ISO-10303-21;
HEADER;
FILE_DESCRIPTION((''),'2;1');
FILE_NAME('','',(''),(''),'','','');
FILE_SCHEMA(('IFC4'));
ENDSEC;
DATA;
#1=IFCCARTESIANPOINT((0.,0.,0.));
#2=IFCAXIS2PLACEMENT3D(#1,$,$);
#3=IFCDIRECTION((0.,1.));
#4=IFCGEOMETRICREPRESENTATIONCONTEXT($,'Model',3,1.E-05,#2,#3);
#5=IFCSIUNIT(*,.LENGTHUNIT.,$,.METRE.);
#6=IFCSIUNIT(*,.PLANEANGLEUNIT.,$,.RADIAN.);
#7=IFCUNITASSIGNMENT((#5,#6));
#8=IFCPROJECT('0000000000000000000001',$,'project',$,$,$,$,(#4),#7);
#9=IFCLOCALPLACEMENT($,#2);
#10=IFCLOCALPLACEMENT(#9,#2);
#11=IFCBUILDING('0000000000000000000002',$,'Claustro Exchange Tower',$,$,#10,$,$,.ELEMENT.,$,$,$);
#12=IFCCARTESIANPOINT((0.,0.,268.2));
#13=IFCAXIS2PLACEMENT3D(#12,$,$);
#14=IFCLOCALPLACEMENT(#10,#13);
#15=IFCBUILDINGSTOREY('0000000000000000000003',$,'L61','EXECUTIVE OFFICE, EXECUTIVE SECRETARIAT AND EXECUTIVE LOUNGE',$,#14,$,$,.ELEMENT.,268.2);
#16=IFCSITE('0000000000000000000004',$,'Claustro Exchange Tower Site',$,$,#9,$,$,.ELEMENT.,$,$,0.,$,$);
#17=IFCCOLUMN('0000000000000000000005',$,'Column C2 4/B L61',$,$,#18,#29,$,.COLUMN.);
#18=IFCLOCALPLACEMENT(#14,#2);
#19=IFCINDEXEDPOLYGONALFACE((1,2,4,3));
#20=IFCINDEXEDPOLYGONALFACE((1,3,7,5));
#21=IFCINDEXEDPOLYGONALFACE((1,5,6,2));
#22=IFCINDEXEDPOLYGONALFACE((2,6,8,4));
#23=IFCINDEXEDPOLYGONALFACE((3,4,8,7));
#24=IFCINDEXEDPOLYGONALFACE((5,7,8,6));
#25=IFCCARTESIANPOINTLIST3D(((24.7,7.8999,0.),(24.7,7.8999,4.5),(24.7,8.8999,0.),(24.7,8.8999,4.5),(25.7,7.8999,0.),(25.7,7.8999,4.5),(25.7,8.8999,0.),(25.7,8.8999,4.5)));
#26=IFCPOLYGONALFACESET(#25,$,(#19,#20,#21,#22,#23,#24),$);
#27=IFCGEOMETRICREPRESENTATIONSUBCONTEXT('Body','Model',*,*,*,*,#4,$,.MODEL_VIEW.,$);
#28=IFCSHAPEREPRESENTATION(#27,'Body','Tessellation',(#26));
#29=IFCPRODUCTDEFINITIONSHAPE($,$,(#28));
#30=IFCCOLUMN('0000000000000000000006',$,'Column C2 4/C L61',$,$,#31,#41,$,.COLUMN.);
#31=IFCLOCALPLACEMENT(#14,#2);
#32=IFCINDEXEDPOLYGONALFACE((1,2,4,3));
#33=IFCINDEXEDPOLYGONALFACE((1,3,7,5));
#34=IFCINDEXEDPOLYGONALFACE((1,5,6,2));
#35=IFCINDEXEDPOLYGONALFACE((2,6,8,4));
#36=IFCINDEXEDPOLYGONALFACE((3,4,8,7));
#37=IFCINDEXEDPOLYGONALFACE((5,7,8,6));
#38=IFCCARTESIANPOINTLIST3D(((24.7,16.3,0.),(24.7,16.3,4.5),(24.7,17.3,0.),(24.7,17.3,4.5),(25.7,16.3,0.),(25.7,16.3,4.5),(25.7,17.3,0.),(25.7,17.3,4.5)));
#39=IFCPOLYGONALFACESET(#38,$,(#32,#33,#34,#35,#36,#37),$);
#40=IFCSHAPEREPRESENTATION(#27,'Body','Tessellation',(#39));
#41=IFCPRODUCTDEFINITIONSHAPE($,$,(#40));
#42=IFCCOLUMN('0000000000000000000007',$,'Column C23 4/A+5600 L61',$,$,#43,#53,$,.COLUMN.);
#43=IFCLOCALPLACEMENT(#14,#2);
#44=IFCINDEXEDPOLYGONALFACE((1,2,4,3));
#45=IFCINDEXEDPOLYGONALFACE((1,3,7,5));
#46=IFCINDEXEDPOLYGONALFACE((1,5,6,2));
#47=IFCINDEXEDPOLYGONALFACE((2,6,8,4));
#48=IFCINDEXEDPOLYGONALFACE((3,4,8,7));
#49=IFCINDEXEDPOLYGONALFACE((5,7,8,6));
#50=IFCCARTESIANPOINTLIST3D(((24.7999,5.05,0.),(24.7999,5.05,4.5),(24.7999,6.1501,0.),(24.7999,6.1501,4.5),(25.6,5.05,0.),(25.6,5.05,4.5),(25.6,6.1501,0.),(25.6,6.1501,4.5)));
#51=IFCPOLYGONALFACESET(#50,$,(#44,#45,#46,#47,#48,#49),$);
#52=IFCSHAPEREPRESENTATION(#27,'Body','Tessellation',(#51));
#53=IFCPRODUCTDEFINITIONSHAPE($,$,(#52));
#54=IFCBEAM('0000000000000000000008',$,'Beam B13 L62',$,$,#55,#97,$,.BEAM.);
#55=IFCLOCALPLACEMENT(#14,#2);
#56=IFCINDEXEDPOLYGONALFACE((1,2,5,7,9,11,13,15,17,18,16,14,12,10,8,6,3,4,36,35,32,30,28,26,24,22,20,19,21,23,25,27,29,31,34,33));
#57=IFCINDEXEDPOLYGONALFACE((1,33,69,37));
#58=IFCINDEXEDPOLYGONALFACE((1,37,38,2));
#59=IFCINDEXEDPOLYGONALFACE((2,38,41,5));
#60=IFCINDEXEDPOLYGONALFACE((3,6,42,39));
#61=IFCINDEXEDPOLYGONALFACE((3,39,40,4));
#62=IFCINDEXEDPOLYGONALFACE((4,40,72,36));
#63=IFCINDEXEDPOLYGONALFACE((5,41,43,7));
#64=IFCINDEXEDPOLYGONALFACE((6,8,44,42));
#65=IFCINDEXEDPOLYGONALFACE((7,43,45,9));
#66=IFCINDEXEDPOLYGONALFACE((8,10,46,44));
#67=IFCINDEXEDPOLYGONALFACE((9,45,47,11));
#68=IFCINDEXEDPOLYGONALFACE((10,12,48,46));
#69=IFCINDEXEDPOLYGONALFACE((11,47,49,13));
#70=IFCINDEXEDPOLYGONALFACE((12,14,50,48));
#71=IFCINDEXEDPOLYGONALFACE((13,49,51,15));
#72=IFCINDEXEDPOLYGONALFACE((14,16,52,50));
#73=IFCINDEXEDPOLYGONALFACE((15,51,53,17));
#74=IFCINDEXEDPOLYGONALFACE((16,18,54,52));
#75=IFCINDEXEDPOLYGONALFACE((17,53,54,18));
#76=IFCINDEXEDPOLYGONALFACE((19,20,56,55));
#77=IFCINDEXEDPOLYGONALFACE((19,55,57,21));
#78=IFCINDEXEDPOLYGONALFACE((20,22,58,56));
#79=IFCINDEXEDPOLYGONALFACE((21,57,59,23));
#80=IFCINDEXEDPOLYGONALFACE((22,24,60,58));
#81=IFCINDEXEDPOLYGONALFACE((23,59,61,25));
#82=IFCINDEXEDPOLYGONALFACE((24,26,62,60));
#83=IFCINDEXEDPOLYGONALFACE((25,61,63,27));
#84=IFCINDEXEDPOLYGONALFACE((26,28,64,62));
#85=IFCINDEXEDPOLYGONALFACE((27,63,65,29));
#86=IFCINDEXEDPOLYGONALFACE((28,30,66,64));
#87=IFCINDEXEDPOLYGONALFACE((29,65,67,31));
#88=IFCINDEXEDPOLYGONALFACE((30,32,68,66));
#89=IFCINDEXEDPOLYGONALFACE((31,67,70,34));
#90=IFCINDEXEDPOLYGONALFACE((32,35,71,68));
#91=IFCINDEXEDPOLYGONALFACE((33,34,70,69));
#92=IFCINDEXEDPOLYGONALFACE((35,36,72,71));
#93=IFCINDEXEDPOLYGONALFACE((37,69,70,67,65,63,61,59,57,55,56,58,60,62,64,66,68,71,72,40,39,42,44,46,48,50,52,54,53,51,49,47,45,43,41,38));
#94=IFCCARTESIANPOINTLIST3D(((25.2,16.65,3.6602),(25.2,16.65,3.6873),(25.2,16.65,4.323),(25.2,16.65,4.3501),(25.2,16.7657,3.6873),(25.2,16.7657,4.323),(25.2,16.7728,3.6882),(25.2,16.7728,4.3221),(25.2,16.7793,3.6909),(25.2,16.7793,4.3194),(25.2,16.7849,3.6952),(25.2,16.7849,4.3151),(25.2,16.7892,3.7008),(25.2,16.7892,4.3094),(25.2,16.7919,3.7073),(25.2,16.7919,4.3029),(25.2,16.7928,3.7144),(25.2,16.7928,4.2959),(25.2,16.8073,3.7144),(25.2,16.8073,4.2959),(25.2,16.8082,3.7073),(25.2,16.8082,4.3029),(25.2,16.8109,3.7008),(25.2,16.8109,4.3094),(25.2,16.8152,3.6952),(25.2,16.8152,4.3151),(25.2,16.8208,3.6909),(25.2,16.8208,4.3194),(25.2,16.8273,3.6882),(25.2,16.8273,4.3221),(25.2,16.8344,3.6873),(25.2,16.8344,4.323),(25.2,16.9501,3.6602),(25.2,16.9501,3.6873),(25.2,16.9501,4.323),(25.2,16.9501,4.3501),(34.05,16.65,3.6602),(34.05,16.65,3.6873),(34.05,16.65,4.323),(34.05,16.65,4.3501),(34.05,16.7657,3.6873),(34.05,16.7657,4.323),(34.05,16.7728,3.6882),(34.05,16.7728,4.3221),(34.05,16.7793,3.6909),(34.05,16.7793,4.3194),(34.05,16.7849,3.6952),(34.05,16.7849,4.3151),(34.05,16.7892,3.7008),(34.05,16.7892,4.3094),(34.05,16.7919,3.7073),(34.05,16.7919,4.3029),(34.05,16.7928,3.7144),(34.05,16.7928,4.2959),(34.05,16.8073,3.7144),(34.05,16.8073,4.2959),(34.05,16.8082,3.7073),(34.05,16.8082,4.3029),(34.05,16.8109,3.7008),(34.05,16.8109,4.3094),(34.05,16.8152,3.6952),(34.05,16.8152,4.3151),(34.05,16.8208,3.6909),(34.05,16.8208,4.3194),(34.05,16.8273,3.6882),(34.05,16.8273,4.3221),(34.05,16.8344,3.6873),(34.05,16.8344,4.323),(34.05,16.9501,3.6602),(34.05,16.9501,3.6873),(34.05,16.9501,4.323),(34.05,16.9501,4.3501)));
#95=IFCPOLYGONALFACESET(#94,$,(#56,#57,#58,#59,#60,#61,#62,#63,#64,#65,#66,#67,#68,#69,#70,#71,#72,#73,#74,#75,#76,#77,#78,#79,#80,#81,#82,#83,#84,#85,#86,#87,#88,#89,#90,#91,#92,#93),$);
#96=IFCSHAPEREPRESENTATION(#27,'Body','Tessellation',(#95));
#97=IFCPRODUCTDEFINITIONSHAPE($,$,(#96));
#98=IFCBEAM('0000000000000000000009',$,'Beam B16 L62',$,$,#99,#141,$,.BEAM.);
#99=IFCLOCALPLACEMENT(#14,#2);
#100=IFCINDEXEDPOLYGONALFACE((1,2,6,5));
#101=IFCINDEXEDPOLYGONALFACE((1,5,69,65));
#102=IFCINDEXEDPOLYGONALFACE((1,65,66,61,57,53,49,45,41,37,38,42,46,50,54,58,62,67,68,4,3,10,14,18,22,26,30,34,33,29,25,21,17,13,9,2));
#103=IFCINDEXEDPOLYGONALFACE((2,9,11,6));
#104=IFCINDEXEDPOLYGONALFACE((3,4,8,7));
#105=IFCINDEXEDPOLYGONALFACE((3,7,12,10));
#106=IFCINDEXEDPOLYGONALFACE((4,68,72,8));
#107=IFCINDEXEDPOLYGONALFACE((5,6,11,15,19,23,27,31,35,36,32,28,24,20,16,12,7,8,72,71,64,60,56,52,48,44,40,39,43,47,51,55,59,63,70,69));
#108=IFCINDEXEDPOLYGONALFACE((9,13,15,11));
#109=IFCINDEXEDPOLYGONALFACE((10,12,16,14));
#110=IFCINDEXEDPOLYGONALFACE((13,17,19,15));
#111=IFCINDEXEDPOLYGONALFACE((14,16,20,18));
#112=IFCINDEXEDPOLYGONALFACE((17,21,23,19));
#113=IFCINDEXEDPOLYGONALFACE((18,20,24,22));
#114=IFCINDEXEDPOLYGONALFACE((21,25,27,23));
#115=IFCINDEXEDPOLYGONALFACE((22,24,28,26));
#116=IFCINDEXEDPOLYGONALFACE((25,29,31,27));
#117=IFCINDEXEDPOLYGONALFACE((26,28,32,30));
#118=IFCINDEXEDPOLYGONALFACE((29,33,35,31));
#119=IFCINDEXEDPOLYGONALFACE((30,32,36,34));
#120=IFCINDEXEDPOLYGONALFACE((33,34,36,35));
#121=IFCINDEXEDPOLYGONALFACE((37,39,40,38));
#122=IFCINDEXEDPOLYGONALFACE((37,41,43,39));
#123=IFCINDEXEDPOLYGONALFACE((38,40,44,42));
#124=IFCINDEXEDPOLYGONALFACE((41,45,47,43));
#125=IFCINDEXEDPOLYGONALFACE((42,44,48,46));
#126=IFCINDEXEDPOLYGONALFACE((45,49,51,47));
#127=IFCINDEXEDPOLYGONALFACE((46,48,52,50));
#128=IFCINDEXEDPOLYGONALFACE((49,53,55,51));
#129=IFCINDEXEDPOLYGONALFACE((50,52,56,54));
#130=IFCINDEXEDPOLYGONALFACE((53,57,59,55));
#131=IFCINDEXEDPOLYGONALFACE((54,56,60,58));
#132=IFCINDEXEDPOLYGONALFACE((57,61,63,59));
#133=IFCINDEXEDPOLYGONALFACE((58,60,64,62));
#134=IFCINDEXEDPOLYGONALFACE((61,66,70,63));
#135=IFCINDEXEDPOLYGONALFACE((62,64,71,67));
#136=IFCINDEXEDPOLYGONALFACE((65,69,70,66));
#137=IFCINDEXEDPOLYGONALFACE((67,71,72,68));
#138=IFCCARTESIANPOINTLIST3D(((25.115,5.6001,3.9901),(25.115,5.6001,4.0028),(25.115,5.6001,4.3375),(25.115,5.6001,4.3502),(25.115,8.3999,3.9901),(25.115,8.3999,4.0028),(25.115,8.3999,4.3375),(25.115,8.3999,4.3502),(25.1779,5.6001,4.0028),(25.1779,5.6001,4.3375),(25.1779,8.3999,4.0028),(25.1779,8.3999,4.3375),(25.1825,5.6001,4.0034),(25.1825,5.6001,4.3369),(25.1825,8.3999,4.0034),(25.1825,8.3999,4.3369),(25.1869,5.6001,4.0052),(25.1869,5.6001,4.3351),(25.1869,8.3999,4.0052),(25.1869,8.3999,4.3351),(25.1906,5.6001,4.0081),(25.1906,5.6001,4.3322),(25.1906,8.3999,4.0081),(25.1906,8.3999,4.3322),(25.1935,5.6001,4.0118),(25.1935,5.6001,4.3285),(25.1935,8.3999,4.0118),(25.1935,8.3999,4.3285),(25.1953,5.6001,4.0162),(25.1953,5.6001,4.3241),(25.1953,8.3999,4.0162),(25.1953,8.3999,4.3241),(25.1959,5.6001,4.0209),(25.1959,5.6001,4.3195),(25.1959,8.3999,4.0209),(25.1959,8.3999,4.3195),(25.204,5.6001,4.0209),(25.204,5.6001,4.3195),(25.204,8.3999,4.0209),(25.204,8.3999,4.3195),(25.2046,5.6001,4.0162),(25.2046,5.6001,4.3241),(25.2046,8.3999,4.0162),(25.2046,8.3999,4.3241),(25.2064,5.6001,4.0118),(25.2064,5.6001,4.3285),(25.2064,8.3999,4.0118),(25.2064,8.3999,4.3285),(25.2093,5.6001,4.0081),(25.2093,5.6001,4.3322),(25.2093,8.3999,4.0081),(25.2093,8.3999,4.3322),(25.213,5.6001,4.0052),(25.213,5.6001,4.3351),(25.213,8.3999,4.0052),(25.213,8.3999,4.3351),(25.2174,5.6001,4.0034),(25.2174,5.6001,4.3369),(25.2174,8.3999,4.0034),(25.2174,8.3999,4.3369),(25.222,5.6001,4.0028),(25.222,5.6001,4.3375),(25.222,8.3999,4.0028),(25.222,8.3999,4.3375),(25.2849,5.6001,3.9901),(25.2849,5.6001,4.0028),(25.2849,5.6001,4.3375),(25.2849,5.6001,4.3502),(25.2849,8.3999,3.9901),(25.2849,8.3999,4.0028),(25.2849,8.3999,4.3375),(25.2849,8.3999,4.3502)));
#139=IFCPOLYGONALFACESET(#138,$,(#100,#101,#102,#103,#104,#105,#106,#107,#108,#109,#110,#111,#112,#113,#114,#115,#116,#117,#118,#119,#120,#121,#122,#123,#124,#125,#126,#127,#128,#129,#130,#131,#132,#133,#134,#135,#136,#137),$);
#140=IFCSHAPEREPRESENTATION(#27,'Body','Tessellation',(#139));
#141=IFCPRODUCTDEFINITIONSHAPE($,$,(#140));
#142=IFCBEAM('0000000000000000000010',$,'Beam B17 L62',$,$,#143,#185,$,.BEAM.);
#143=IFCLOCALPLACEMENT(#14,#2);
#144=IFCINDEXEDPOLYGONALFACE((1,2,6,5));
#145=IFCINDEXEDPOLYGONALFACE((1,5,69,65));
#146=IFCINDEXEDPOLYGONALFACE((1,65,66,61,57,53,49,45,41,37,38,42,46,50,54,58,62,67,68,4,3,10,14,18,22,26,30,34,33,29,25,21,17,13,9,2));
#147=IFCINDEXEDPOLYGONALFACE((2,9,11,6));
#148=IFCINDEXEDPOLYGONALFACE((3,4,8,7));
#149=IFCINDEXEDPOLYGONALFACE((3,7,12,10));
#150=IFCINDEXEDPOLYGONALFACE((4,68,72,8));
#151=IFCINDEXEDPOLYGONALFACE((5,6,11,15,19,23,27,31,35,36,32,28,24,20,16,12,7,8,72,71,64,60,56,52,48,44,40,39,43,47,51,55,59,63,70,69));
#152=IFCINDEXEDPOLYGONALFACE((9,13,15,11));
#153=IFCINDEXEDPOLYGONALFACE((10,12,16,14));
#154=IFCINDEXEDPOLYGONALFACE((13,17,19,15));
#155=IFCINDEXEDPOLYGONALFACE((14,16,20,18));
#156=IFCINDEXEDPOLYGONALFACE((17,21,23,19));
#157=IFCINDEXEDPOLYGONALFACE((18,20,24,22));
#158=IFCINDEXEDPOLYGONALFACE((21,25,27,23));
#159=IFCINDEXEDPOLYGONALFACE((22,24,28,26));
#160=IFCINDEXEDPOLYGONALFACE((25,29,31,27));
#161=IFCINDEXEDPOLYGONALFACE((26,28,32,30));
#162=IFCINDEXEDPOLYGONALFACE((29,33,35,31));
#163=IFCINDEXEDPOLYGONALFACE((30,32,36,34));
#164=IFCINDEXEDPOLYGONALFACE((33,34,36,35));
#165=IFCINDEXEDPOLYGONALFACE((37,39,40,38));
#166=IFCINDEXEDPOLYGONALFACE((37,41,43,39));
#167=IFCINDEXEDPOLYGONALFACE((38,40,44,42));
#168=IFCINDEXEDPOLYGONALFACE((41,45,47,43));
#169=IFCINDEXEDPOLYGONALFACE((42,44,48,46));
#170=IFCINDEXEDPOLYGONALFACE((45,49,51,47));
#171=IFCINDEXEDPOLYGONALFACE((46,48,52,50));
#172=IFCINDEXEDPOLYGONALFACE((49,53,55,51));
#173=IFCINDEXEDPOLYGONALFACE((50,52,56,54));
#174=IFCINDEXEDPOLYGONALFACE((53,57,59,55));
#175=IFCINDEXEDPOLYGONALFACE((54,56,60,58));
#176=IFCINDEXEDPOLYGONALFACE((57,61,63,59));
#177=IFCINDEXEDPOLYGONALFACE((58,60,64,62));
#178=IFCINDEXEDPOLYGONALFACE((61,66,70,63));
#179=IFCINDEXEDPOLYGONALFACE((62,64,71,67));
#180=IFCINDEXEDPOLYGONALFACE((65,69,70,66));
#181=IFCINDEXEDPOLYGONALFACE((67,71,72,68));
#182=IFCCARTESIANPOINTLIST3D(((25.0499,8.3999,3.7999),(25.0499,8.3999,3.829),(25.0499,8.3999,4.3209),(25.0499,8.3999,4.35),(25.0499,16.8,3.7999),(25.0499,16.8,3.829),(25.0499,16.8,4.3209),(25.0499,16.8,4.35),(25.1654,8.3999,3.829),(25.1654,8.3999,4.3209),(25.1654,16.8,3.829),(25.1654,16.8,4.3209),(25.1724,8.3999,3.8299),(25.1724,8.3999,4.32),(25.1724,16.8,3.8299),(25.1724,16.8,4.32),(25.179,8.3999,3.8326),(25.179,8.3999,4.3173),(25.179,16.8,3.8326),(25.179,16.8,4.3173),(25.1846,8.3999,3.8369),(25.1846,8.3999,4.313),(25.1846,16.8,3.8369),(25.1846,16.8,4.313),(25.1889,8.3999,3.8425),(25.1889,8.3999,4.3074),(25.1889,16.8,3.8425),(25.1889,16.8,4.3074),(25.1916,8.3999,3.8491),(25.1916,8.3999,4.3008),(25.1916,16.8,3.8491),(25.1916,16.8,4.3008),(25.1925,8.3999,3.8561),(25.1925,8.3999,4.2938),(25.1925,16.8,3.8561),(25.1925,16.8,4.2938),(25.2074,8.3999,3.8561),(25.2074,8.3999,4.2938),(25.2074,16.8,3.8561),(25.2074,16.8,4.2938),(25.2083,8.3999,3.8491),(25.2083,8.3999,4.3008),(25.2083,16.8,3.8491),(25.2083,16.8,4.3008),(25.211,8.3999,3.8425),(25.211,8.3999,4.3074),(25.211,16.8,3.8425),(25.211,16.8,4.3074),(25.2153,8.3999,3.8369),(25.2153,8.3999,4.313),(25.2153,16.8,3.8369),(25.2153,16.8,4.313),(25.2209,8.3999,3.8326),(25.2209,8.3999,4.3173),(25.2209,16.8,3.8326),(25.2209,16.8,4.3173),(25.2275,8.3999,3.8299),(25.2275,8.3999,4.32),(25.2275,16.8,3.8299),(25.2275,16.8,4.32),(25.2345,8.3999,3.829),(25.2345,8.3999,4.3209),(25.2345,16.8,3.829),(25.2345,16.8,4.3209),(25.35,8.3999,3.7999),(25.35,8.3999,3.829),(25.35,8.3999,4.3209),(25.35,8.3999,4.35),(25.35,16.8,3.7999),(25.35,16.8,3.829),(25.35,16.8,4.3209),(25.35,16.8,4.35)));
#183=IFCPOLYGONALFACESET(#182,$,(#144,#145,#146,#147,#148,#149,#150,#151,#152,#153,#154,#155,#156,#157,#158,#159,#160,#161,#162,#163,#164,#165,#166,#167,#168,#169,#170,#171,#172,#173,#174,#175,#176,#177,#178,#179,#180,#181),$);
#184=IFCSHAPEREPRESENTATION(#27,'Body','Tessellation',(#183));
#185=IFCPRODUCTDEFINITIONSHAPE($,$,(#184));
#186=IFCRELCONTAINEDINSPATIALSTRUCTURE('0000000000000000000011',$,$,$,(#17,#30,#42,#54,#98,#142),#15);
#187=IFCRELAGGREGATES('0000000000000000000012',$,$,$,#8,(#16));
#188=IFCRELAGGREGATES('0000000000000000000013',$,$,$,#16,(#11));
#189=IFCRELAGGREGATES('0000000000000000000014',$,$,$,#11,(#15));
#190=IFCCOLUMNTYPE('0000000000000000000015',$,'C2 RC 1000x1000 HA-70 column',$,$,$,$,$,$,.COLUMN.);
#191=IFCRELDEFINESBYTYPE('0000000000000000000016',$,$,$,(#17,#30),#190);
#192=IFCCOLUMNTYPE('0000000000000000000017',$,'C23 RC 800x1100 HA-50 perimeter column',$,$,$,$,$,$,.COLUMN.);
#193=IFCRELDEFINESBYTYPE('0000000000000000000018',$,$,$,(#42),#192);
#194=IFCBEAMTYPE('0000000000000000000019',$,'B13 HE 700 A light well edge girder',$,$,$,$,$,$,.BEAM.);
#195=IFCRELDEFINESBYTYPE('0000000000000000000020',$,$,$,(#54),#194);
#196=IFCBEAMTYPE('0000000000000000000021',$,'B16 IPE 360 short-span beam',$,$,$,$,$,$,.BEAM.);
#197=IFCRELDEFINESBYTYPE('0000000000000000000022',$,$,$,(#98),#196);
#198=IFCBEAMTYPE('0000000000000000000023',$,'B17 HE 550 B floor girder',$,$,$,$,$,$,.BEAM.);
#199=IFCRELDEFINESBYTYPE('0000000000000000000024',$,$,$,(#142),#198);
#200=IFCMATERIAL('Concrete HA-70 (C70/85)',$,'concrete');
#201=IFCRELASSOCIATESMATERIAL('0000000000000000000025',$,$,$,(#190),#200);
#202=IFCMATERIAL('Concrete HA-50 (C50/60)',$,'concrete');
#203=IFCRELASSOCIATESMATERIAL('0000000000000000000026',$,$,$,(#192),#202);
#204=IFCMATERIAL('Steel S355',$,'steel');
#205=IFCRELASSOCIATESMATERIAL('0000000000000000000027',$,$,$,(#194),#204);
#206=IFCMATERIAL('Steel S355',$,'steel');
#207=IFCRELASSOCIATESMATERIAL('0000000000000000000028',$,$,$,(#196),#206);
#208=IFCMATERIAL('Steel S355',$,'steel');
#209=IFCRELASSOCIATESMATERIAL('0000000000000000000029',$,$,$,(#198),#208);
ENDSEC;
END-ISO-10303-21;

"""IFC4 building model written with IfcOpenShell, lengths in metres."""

from ifc_helpers import new_model, si_unit, direction, frame, origin, origin_2d, place, context, subcontext, project, spatial, rectangle, i_section, extrude, material, material_profile, profile_set, type_object, element, save


model = new_model("IFC4")

# Units and contexts
model_context = context("Model", 3, precision=1e-05, world=origin(), true_north=direction((0.0, 1.0)))
body_context = subcontext(model_context, "Body", "Model", "MODEL_VIEW")
ifc_project = project(units=[si_unit("LENGTHUNIT", "METRE"), si_unit("PLANEANGLEUNIT", "RADIAN")], contexts=[model_context])

# Site, building, storey
site_placement = place(None, origin())
site = spatial("IfcSite", under=ifc_project, at=site_placement, Name="Claustro Exchange Tower Site", CompositionType="ELEMENT", RefElevation=0.0)
building_placement = place(site_placement, origin())
building = spatial("IfcBuilding", under=site, at=building_placement, Name="Claustro Exchange Tower", CompositionType="ELEMENT")
storey_placement = place(building_placement, frame((0.0, 0.0, 268.2)))
storey = spatial("IfcBuildingStorey", under=building, at=storey_placement, Name="L61", Description="EXECUTIVE OFFICE, EXECUTIVE SECRETARIAT AND EXECUTIVE LOUNGE", CompositionType="ELEMENT", Elevation=268.2)

# Columns
ifc_material_1 = material(Name="Concrete HA-70 (C70/85)", Category="concrete")
ifc_material_profile_1 = material_profile(ifc_material_1, rectangle(XDim=1.0, YDim=1.0, at=origin_2d()), Name="RC 1000x1000")
ifc_profile_set_1 = profile_set([ifc_material_profile_1], Name="Concrete HA-70 (C70/85)")
column_type_1 = type_object("IfcColumnType", Name="C2 RC 1000x1000 HA-70 column", PredefinedType="COLUMN", material=ifc_profile_set_1)
for number, where, z_axis, x_axis, name in (
    (1, (25.2, 8.3999, 0.0), (0.0, 0.0, 1.0), (1.0, 0.0, 0.0), "Column C2 4/B L61"),
    (2, (25.2, 16.8, 0.0), (0.0, 0.0, 1.0), (1.0, 0.0, 0.0), "Column C2 4/C L61"),
):
    element("IfcColumn", number, at=place(storey_placement, frame(where, z_axis=z_axis, x_axis=x_axis)), inside=storey, type_object=column_type_1, Name=name, PredefinedType="COLUMN", context=body_context, shape_type="SweptSolid", body=[
        extrude(rectangle(XDim=1.0, YDim=1.0, at=origin_2d()), origin(), (0.0, 0.0, 1.0), 4.5),
    ])
ifc_material_2 = material(Name="Concrete HA-50 (C50/60)", Category="concrete")
ifc_material_profile_2 = material_profile(ifc_material_2, rectangle(XDim=0.8, YDim=1.1001, at=origin_2d()), Name="RC 800x1100")
ifc_profile_set_2 = profile_set([ifc_material_profile_2], Name="Concrete HA-50 (C50/60)")
column_type_2 = type_object("IfcColumnType", Name="C23 RC 800x1100 HA-50 perimeter column", PredefinedType="COLUMN", material=ifc_profile_set_2)
column_placement = place(storey_placement, frame((25.2, 5.6001, 0.0), z_axis=(0.0, 0.0, 1.0), x_axis=(1.0, 0.0, 0.0)))
element("IfcColumn", 3, at=column_placement, inside=storey, type_object=column_type_2, Name="Column C23 4/A+5600 L61", PredefinedType="COLUMN", context=body_context, shape_type="SweptSolid", body=[
    extrude(rectangle(XDim=0.8, YDim=1.1001, at=origin_2d()), origin(), (0.0, 0.0, 1.0), 4.5),
])

# Beams
ifc_material_3 = material(Name="Steel S355", Category="steel")
ifc_material_profile_3 = material_profile(ifc_material_3, i_section(OverallWidth=0.3, OverallDepth=0.6899, WebThickness=0.0144, FlangeThickness=0.0271, FilletRadius=0.0271, at=origin_2d()), Name="HE 700 A")
ifc_profile_set_3 = profile_set([ifc_material_profile_3], Name="Steel S355")
beam_type_1 = type_object("IfcBeamType", Name="B13 HE 700 A light well edge girder", PredefinedType="BEAM", material=ifc_profile_set_3)
beam_1_placement = place(storey_placement, frame((25.2, 16.8, 4.0051), z_axis=(1.0, 0.0, 0.0), x_axis=(0.0, 1.0, 0.0)))
element("IfcBeam", 4, at=beam_1_placement, inside=storey, type_object=beam_type_1, Name="Beam B13 L62", PredefinedType="BEAM", context=body_context, shape_type="SweptSolid", body=[
    extrude(i_section(OverallWidth=0.3, OverallDepth=0.6899, WebThickness=0.0144, FlangeThickness=0.0271, FilletRadius=0.0271, at=origin_2d()), origin(), (0.0, 0.0, 1.0), 8.8501),
])
ifc_material_4 = material(Name="Steel S355", Category="steel")
ifc_material_profile_4 = material_profile(ifc_material_4, i_section(OverallWidth=0.1699, OverallDepth=0.3601, WebThickness=0.0081, FlangeThickness=0.0127, FilletRadius=0.0181, at=origin_2d()), Name="IPE 360")
ifc_profile_set_4 = profile_set([ifc_material_profile_4], Name="Steel S355")
beam_type_2 = type_object("IfcBeamType", Name="B16 IPE 360 short-span beam", PredefinedType="BEAM", material=ifc_profile_set_4)
beam_2_placement = place(storey_placement, frame((25.2, 5.6001, 4.1702), z_axis=(0.0, 1.0, 0.0), x_axis=(-1.0, 0.0, 0.0)))
element("IfcBeam", 5, at=beam_2_placement, inside=storey, type_object=beam_type_2, Name="Beam B16 L62", PredefinedType="BEAM", context=body_context, shape_type="SweptSolid", body=[
    extrude(i_section(OverallWidth=0.1699, OverallDepth=0.3601, WebThickness=0.0081, FlangeThickness=0.0127, FilletRadius=0.0181, at=origin_2d()), origin(), (0.0, 0.0, 1.0), 2.7998),
])
ifc_material_5 = material(Name="Steel S355", Category="steel")
ifc_material_profile_5 = material_profile(ifc_material_5, i_section(OverallWidth=0.3, OverallDepth=0.55, WebThickness=0.0149, FlangeThickness=0.0291, FilletRadius=0.0271, at=origin_2d()), Name="HE 550 B")
ifc_profile_set_5 = profile_set([ifc_material_profile_5], Name="Steel S355")
beam_type_3 = type_object("IfcBeamType", Name="B17 HE 550 B floor girder", PredefinedType="BEAM", material=ifc_profile_set_5)
for number, where, z_axis, x_axis, name in (
    (6, (25.2, 8.3999, 4.075), (0.0, 1.0, 0.0), (-1.0, 0.0, 0.0), "Beam B17 L62"),
):
    element("IfcBeam", number, at=place(storey_placement, frame(where, z_axis=z_axis, x_axis=x_axis)), inside=storey, type_object=beam_type_3, Name=name, PredefinedType="BEAM", context=body_context, shape_type="SweptSolid", body=[
        extrude(i_section(OverallWidth=0.3, OverallDepth=0.55, WebThickness=0.0149, FlangeThickness=0.0291, FilletRadius=0.0271, at=origin_2d()), origin(), (0.0, 0.0, 1.0), 8.4001),
    ])

save(model, "model.ifc")
